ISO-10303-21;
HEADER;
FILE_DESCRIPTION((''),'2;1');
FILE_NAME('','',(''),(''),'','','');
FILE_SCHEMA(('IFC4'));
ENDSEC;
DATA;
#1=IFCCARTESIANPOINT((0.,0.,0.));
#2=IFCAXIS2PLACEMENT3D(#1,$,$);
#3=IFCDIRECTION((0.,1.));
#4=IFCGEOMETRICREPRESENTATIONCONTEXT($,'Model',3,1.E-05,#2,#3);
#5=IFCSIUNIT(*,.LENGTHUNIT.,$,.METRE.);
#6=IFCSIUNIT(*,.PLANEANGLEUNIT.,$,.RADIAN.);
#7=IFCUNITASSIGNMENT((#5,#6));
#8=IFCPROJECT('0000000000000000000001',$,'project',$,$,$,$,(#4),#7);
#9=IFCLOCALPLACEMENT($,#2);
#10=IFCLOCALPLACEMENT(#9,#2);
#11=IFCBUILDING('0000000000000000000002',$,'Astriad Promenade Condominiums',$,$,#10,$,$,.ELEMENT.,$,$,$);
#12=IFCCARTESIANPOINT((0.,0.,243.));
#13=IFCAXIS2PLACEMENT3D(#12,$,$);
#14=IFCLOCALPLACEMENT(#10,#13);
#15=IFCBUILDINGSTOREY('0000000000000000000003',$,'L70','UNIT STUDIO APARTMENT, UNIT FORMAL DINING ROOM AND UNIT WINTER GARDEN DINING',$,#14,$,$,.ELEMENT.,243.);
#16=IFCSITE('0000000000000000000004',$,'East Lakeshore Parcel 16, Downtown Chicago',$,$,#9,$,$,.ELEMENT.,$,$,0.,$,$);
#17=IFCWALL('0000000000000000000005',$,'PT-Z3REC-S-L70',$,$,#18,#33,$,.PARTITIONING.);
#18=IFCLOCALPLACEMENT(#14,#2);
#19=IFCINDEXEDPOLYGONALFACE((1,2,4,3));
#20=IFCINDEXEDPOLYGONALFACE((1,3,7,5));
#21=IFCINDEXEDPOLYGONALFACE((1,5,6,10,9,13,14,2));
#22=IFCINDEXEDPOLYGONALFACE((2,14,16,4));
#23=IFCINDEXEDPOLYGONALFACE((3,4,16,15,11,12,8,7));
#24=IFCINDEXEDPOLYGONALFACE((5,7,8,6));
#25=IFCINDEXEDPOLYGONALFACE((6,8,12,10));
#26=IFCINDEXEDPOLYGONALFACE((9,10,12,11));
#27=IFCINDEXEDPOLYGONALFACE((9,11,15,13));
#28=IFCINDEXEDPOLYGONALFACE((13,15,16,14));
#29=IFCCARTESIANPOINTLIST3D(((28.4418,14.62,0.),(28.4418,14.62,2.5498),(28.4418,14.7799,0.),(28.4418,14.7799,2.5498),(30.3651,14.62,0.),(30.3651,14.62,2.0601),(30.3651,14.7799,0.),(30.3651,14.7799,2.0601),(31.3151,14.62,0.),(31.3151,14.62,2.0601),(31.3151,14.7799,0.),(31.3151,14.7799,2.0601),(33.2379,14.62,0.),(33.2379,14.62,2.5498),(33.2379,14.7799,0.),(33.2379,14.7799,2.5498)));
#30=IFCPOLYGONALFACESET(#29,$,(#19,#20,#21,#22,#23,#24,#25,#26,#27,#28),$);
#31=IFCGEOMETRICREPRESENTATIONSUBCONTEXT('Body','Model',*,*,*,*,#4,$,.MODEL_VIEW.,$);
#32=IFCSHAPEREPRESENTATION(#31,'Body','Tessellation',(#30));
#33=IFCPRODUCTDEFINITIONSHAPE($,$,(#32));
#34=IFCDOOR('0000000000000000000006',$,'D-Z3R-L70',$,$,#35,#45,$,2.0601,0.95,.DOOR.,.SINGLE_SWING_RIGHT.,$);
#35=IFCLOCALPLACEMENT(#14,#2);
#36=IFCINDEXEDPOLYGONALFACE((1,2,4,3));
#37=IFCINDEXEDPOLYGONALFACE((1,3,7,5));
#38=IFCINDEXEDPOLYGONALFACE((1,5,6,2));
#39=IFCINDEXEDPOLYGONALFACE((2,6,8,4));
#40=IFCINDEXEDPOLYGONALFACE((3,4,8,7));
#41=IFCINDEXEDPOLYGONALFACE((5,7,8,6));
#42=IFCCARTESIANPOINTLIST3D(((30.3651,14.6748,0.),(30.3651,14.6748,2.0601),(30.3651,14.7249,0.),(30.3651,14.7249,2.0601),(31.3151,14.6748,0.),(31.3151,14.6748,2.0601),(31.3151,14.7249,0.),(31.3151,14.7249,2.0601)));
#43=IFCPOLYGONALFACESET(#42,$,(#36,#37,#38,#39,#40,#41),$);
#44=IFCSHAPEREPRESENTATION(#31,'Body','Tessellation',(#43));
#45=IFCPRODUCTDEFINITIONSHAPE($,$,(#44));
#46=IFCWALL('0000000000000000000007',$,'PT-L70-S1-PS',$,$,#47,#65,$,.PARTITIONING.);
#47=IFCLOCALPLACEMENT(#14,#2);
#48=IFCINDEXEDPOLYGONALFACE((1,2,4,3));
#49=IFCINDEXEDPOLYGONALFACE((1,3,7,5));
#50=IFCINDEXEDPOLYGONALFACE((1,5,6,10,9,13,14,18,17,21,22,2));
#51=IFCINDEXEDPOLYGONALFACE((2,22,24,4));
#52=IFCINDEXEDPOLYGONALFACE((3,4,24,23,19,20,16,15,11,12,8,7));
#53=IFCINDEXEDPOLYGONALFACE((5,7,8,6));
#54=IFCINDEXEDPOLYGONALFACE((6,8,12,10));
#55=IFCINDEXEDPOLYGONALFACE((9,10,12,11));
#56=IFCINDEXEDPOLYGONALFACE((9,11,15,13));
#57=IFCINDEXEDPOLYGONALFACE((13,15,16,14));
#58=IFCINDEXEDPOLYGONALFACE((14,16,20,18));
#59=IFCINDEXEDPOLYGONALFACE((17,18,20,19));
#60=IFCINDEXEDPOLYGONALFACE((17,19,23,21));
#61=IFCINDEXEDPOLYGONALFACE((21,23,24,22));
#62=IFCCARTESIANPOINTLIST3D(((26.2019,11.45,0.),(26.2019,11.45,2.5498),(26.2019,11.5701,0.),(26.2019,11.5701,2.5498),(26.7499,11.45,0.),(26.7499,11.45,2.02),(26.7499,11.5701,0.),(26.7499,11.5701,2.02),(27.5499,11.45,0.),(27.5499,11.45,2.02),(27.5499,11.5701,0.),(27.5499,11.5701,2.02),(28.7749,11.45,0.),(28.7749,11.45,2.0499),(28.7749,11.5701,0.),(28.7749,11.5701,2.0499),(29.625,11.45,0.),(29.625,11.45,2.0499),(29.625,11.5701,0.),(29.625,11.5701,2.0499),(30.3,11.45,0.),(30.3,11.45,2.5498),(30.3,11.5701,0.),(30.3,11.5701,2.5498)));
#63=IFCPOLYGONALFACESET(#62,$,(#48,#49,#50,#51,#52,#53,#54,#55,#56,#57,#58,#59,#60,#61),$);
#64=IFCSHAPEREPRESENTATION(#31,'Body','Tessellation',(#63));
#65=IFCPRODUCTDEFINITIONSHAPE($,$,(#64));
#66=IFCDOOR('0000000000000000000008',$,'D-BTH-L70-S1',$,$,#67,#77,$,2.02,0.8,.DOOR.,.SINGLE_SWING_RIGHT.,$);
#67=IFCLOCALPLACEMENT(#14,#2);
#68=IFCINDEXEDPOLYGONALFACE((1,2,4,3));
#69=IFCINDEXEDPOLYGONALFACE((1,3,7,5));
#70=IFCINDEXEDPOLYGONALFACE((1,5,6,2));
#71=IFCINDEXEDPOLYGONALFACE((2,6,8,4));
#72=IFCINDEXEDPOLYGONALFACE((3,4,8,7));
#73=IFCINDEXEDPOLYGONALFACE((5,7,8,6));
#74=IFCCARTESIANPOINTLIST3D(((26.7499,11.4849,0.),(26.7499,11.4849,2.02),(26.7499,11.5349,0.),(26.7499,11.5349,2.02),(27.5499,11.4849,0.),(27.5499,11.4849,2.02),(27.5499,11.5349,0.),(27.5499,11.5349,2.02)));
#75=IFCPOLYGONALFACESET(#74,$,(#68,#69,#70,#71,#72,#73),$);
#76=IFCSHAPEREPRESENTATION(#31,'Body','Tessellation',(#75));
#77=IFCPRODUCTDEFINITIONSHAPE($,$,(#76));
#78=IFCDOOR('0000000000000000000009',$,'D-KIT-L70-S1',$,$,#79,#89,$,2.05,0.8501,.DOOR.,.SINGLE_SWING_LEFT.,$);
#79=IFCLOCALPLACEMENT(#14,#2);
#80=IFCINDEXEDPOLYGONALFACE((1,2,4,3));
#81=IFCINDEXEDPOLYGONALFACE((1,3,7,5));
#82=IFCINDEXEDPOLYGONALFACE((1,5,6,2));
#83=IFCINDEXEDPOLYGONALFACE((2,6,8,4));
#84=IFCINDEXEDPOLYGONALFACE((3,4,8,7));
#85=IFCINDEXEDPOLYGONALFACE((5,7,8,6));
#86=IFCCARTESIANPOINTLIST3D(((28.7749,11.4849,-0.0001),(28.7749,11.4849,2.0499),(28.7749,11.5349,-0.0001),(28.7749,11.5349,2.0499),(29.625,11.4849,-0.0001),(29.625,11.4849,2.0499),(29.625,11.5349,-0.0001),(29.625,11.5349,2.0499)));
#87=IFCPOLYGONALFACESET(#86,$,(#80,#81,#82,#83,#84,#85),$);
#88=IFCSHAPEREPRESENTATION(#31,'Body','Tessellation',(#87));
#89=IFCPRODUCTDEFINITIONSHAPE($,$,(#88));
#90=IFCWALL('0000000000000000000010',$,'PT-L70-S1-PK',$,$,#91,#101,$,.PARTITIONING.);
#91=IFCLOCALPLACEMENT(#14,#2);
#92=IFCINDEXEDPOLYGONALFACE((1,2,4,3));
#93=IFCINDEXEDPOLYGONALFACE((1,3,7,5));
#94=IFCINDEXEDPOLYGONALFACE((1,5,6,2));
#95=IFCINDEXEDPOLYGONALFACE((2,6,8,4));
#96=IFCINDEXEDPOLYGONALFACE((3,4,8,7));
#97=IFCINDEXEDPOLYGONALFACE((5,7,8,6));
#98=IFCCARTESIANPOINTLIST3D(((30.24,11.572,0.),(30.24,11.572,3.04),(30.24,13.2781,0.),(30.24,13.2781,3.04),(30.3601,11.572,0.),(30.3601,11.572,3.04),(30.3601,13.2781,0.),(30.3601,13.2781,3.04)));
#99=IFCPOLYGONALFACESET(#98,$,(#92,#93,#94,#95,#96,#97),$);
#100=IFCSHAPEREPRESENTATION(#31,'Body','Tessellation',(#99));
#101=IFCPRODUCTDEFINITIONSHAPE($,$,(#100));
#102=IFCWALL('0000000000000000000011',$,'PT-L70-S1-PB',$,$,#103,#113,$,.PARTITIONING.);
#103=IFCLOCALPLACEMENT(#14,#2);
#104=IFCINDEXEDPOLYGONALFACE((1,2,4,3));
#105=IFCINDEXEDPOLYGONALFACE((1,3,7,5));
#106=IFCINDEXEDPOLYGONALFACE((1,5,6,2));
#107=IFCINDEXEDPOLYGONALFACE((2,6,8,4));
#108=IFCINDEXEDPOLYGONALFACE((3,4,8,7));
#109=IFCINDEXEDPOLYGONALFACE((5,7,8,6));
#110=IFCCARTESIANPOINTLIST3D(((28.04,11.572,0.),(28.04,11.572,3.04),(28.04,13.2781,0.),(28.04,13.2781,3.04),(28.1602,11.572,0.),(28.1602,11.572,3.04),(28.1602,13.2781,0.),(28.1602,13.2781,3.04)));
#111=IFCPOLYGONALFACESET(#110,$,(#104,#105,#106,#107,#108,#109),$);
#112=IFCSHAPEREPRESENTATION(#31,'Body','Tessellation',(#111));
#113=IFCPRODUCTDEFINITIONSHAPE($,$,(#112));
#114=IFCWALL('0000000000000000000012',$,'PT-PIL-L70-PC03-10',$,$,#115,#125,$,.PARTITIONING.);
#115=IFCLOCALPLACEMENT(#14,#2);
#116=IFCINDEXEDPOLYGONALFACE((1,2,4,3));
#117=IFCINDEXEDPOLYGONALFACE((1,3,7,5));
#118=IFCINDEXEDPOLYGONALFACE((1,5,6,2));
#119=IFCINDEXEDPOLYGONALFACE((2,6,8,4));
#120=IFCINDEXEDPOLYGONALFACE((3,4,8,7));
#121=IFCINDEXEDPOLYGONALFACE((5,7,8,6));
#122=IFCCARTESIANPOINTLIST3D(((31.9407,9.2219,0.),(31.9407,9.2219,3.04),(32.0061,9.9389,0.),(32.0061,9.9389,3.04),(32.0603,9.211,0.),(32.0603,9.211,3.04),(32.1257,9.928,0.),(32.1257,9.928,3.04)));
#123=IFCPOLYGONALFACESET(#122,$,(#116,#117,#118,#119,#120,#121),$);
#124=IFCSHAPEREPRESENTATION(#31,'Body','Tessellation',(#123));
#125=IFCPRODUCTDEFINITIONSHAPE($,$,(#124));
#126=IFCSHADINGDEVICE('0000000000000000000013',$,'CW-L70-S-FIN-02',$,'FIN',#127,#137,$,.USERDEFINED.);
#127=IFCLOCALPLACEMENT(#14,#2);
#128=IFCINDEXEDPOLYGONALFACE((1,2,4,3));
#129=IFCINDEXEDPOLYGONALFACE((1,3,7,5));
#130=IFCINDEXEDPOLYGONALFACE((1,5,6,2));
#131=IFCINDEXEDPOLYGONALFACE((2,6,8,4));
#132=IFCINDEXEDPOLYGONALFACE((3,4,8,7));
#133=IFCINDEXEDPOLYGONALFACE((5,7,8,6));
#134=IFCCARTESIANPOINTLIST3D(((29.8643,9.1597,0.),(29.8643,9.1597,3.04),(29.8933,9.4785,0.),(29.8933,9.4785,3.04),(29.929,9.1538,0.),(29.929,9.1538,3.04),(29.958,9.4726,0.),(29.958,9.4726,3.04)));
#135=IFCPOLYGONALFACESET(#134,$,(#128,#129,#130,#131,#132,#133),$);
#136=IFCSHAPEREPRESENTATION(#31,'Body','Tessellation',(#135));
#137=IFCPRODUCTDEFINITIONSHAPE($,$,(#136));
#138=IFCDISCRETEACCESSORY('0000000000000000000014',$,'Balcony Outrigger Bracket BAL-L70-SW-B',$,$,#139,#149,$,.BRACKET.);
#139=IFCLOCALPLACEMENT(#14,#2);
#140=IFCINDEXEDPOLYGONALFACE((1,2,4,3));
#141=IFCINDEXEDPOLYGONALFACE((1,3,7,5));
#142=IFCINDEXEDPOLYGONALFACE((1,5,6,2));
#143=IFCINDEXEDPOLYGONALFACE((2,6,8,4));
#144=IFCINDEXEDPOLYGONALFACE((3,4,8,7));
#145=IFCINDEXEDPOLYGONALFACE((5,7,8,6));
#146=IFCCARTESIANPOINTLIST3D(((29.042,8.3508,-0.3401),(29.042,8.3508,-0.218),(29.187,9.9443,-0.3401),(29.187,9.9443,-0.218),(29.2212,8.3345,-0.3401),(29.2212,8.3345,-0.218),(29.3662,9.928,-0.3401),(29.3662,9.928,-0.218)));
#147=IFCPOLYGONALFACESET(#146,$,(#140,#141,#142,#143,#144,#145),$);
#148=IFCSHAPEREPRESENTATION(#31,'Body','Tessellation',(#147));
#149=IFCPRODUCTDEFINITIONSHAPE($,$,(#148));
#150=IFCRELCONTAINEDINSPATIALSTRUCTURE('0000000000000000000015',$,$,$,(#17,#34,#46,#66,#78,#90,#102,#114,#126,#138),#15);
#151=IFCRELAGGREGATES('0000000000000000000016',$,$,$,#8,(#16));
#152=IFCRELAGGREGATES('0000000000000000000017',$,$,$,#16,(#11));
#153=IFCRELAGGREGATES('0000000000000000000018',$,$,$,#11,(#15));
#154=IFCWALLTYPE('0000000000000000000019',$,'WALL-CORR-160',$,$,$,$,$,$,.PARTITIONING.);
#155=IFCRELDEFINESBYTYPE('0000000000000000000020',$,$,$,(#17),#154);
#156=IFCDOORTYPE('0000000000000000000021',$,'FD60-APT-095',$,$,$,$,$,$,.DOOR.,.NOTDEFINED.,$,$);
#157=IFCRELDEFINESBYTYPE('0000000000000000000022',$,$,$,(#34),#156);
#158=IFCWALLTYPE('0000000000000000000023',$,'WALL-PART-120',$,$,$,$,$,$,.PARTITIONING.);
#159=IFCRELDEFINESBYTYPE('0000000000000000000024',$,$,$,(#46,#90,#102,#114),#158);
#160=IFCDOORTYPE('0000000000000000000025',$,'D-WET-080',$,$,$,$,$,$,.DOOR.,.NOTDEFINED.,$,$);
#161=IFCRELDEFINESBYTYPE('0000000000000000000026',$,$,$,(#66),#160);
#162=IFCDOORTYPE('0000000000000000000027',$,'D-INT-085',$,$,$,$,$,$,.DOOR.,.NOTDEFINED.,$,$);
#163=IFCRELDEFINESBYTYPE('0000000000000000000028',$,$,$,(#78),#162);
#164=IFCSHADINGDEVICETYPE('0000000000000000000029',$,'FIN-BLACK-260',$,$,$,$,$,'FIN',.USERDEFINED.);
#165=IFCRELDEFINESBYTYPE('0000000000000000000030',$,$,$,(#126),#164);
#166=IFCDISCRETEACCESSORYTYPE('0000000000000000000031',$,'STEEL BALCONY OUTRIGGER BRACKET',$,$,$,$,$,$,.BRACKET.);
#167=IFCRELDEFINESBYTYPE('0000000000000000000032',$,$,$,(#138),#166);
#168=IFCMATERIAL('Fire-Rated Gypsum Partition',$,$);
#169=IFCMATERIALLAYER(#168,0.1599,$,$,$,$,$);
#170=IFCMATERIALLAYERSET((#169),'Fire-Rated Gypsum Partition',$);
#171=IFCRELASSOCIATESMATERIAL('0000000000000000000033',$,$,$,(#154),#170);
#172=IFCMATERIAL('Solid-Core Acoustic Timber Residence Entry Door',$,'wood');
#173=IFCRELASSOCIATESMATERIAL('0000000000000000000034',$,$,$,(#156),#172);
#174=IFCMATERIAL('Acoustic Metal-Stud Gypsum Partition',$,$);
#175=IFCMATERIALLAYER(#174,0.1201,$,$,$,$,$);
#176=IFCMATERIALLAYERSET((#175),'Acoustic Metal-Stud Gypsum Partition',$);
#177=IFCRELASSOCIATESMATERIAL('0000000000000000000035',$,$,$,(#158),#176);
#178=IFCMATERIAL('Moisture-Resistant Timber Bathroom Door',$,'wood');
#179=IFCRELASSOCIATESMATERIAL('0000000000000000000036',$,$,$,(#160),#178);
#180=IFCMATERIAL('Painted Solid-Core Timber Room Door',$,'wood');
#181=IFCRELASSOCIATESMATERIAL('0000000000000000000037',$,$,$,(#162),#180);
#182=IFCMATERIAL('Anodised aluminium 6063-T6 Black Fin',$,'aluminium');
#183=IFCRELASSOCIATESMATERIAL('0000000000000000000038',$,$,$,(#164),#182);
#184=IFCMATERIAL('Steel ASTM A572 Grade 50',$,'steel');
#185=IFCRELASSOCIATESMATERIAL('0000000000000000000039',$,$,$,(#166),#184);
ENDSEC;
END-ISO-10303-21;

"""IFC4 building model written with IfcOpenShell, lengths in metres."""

from ifc_helpers import new_model, si_unit, direction, frame, frame_2d, origin, origin_2d, place, context, subcontext, project, spatial, rectangle, extrude, source, transform, mapped, material, layer, layer_set, type_object, type_shapes, element, fill, save


model = new_model("IFC4")

# Units and contexts
model_context = context("Model", 3, precision=1e-05, world=origin(), true_north=direction((0.0, 1.0)))
body_context = subcontext(model_context, "Body", "Model", "MODEL_VIEW")
ifc_project = project(units=[si_unit("LENGTHUNIT", "METRE"), si_unit("PLANEANGLEUNIT", "RADIAN")], contexts=[model_context])

# Site, building, storey
site_placement = place(None, origin())
site = spatial("IfcSite", under=ifc_project, at=site_placement, Name="East Lakeshore Parcel 16, Downtown Chicago", CompositionType="ELEMENT", RefElevation=0.0)
building_placement = place(site_placement, origin())
building = spatial("IfcBuilding", under=site, at=building_placement, Name="Astriad Promenade Condominiums", CompositionType="ELEMENT")
storey_placement = place(building_placement, frame((0.0, 0.0, 243.0)))
storey = spatial("IfcBuildingStorey", under=building, at=storey_placement, Name="L70", Description="UNIT STUDIO APARTMENT, UNIT FORMAL DINING ROOM AND UNIT WINTER GARDEN DINING", CompositionType="ELEMENT", Elevation=243.0)

# Shared definitions
ifc_material_1 = material(Name="Fire-Rated Gypsum Partition")
ifc_layer_1 = layer(ifc_material_1, 0.1599)
ifc_layer_set_1 = layer_set([ifc_layer_1], Name="Fire-Rated Gypsum Partition")
wall_type_1 = type_object("IfcWallType", Name="WALL-CORR-160", PredefinedType="PARTITIONING", material=ifc_layer_set_1)
ifc_material_2 = material(Name="Solid-Core Acoustic Timber Residence Entry Door", Category="wood")
door_type_1 = type_object("IfcDoorType", Name="FD60-APT-095", OperationType="NOTDEFINED", PredefinedType="DOOR", material=ifc_material_2)
shared_shape_1 = source(origin(), body_context, "Body", "SweptSolid", [
    extrude(rectangle(XDim=0.95, YDim=2.0601, at=frame_2d((0.4751, 1.03))), frame((0.0, 0.0249, 0.0), z_axis=(0.0, -1.0, 0.0), x_axis=(1.0, 0.0, 0.0)), (0.0, 0.0, 1.0), 0.05),
])
type_shapes(door_type_1, [shared_shape_1])

# Wall, opening, door
wall_1_placement = place(storey_placement, frame((28.4419, 14.7, 0.0), z_axis=(0.0, 0.0, 1.0), x_axis=(1.0, 0.0, 0.0)))
wall_1 = element("IfcWall", 1, at=wall_1_placement, inside=storey, type_object=wall_type_1, Name="PT-Z3REC-S-L70", PredefinedType="PARTITIONING", context=body_context, shape_type="SweptSolid", body=[
    extrude(rectangle(XDim=4.7961, YDim=0.1599, at=frame_2d((2.3979, 0.0))), origin(), (0.0, 0.0, 1.0), 2.5498),
])
opening_1_placement = place(wall_1_placement, frame((1.9231, 0.0, 0.0)))
opening_1 = element("IfcOpeningElement", 2, at=opening_1_placement, cuts=wall_1, PredefinedType="OPENING", context=body_context, shape_type="SweptSolid", body=[
    extrude(rectangle(XDim=0.95, YDim=2.0601, at=frame_2d((0.4751, 1.03))), frame((0.0, 0.0898, 0.0), z_axis=(0.0, -1.0, 0.0), x_axis=(1.0, 0.0, 0.0)), (0.0, 0.0, 1.0), 0.1799),
])
door_1_placement = place(opening_1_placement, origin())
door_1 = element("IfcDoor", 3, at=door_1_placement, inside=storey, type_object=door_type_1, Name="D-Z3R-L70", OperationType="SINGLE_SWING_RIGHT", OverallHeight=2.0601, OverallWidth=0.95, PredefinedType="DOOR", context=body_context, shape_type="MappedRepresentation", body=[
    mapped(shared_shape_1, transform((0.0, 0.0, 0.0), scale=1.0)),
])
fill(opening_1, door_1)

# Wall, openings, doors
ifc_material_3 = material(Name="Acoustic Metal-Stud Gypsum Partition")
ifc_layer_2 = layer(ifc_material_3, 0.1201)
ifc_layer_set_2 = layer_set([ifc_layer_2], Name="Acoustic Metal-Stud Gypsum Partition")
wall_type_2 = type_object("IfcWallType", Name="WALL-PART-120", PredefinedType="PARTITIONING", material=ifc_layer_set_2)
wall_2_placement = place(storey_placement, frame((26.2019, 11.51, 0.0), z_axis=(0.0, 0.0, 1.0), x_axis=(1.0, 0.0, 0.0)))
wall_2 = element("IfcWall", 4, at=wall_2_placement, inside=storey, type_object=wall_type_2, Name="PT-L70-S1-PS", PredefinedType="PARTITIONING", context=body_context, shape_type="SweptSolid", body=[
    extrude(rectangle(XDim=4.0981, YDim=0.1201, at=frame_2d((2.0491, 0.0))), origin(), (0.0, 0.0, 1.0), 2.5498),
])
opening_2_placement = place(wall_2_placement, frame((0.5481, 0.0, 0.0)))
opening_2 = element("IfcOpeningElement", 5, at=opening_2_placement, cuts=wall_2, PredefinedType="OPENING", context=body_context, shape_type="SweptSolid", body=[
    extrude(rectangle(XDim=0.8, YDim=2.02, at=frame_2d((0.3999, 1.01))), frame((0.0, 0.0701, 0.0), z_axis=(0.0, -1.0, 0.0), x_axis=(1.0, 0.0, 0.0)), (0.0, 0.0, 1.0), 0.1401),
])
opening_3_placement = place(wall_2_placement, frame((2.573, 0.0, 0.0)))
opening_3 = element("IfcOpeningElement", 6, at=opening_3_placement, cuts=wall_2, PredefinedType="OPENING", context=body_context, shape_type="SweptSolid", body=[
    extrude(rectangle(XDim=0.8501, YDim=2.05, at=frame_2d((0.425, 1.0249))), frame((0.0, 0.0701, 0.0), z_axis=(0.0, -1.0, 0.0), x_axis=(1.0, 0.0, 0.0)), (0.0, 0.0, 1.0), 0.1401),
])
ifc_material_4 = material(Name="Moisture-Resistant Timber Bathroom Door", Category="wood")
door_type_2 = type_object("IfcDoorType", Name="D-WET-080", OperationType="NOTDEFINED", PredefinedType="DOOR", material=ifc_material_4)
shared_shape_2 = source(origin(), body_context, "Body", "SweptSolid", [
    extrude(rectangle(XDim=0.8, YDim=2.02, at=frame_2d((0.3999, 1.01))), frame((0.0, 0.0249, 0.0), z_axis=(0.0, -1.0, 0.0), x_axis=(1.0, 0.0, 0.0)), (0.0, 0.0, 1.0), 0.05),
])
type_shapes(door_type_2, [shared_shape_2])
door_2_placement = place(opening_2_placement, origin())
door_2 = element("IfcDoor", 7, at=door_2_placement, inside=storey, type_object=door_type_2, Name="D-BTH-L70-S1", OperationType="SINGLE_SWING_RIGHT", OverallHeight=2.02, OverallWidth=0.8, PredefinedType="DOOR", context=body_context, shape_type="MappedRepresentation", body=[
    mapped(shared_shape_2, transform((0.0, 0.0, 0.0), scale=1.0)),
])
fill(opening_2, door_2)
ifc_material_5 = material(Name="Painted Solid-Core Timber Room Door", Category="wood")
door_type_3 = type_object("IfcDoorType", Name="D-INT-085", OperationType="NOTDEFINED", PredefinedType="DOOR", material=ifc_material_5)
shared_shape_3 = source(origin(), body_context, "Body", "SweptSolid", [
    extrude(rectangle(XDim=0.8501, YDim=2.05, at=frame_2d((0.425, 1.0249))), frame((0.0, 0.0249, 0.0), z_axis=(0.0, -1.0, 0.0), x_axis=(1.0, 0.0, 0.0)), (0.0, 0.0, 1.0), 0.05),
])
type_shapes(door_type_3, [shared_shape_3])
door_3_placement = place(opening_3_placement, origin())
door_3 = element("IfcDoor", 8, at=door_3_placement, inside=storey, type_object=door_type_3, Name="D-KIT-L70-S1", OperationType="SINGLE_SWING_LEFT", OverallHeight=2.05, OverallWidth=0.8501, PredefinedType="DOOR", context=body_context, shape_type="MappedRepresentation", body=[
    mapped(shared_shape_3, transform((0.0, 0.0, 0.0), scale=1.0)),
])
fill(opening_3, door_3)

# Walls
for number, where, z_axis, x_axis, name in (
    (9, (30.3, 11.572, 0.0), (0.0, 0.0, 1.0), (0.0, 1.0, 0.0), "PT-L70-S1-PK"),
    (10, (28.1001, 11.572, 0.0), (0.0, 0.0, 1.0), (0.0, 1.0, 0.0), "PT-L70-S1-PB"),
):
    element("IfcWall", number, at=place(storey_placement, frame(where, z_axis=z_axis, x_axis=x_axis)), inside=storey, type_object=wall_type_2, Name=name, PredefinedType="PARTITIONING", context=body_context, shape_type="SweptSolid", body=[
        extrude(rectangle(XDim=1.7061, YDim=0.1201, at=frame_2d((0.853, 0.0))), origin(), (0.0, 0.0, 1.0), 3.04),
    ])
wall_3_placement = place(storey_placement, frame((32.0659, 9.9333, 0.0), z_axis=(0.0, 0.0, 1.0), x_axis=(-0.090872, -0.995863, 0.0)))
element("IfcWall", 11, at=wall_3_placement, inside=storey, type_object=wall_type_2, Name="PT-PIL-L70-PC03-10", PredefinedType="PARTITIONING", context=body_context, shape_type="SweptSolid", body=[
    extrude(rectangle(XDim=0.72, YDim=0.1201, at=frame_2d((0.3599, 0.0))), origin(), (0.0, 0.0, 1.0), 3.04),
])

# Shading device
ifc_material_6 = material(Name="Anodised aluminium 6063-T6 Black Fin", Category="aluminium")
shading_device_type = type_object("IfcShadingDeviceType", Name="FIN-BLACK-260", ElementType="FIN", PredefinedType="USERDEFINED", material=ifc_material_6)
shared_shape_4 = source(origin(), body_context, "Body", "SweptSolid", [
    extrude(rectangle(XDim=0.0649, YDim=0.3201, at=origin_2d()), origin(), (0.0, 0.0, 1.0), 3.04),
])
type_shapes(shading_device_type, [shared_shape_4])
shading_device_placement = place(storey_placement, frame((29.9111, 9.3162, 0.0), z_axis=(0.0, 0.0, 1.0), x_axis=(-0.995884, 0.090633, 0.0)))
element("IfcShadingDevice", 12, at=shading_device_placement, inside=storey, type_object=shading_device_type, Name="CW-L70-S-FIN-02", ObjectType="FIN", PredefinedType="USERDEFINED", context=body_context, shape_type="MappedRepresentation", body=[
    mapped(shared_shape_4, transform((0.0, 0.0, 0.0), scale=1.0)),
])

# Discrete accessory
ifc_material_7 = material(Name="Steel ASTM A572 Grade 50", Category="steel")
discrete_accessory_type = type_object("IfcDiscreteAccessoryType", Name="STEEL BALCONY OUTRIGGER BRACKET", PredefinedType="BRACKET", material=ifc_material_7)
shared_shape_5 = source(origin(), body_context, "Body", "SweptSolid", [
    extrude(rectangle(XDim=1.6001, YDim=0.1799, at=origin_2d()), origin(), (0.0, 0.0, 1.0), 0.1221),
])
type_shapes(discrete_accessory_type, [shared_shape_5])
discrete_accessory_placement = place(storey_placement, frame((29.2041, 9.1394, -0.3401), z_axis=(0.0, 0.0, 1.0), x_axis=(-0.090633, -0.995884, 0.0)))
element("IfcDiscreteAccessory", 13, at=discrete_accessory_placement, inside=storey, type_object=discrete_accessory_type, Name="Balcony Outrigger Bracket BAL-L70-SW-B", PredefinedType="BRACKET", context=body_context, shape_type="MappedRepresentation", body=[
    mapped(shared_shape_5, transform((0.0, 0.0, 0.0), scale=1.0)),
])

save(model, "model.ifc")
